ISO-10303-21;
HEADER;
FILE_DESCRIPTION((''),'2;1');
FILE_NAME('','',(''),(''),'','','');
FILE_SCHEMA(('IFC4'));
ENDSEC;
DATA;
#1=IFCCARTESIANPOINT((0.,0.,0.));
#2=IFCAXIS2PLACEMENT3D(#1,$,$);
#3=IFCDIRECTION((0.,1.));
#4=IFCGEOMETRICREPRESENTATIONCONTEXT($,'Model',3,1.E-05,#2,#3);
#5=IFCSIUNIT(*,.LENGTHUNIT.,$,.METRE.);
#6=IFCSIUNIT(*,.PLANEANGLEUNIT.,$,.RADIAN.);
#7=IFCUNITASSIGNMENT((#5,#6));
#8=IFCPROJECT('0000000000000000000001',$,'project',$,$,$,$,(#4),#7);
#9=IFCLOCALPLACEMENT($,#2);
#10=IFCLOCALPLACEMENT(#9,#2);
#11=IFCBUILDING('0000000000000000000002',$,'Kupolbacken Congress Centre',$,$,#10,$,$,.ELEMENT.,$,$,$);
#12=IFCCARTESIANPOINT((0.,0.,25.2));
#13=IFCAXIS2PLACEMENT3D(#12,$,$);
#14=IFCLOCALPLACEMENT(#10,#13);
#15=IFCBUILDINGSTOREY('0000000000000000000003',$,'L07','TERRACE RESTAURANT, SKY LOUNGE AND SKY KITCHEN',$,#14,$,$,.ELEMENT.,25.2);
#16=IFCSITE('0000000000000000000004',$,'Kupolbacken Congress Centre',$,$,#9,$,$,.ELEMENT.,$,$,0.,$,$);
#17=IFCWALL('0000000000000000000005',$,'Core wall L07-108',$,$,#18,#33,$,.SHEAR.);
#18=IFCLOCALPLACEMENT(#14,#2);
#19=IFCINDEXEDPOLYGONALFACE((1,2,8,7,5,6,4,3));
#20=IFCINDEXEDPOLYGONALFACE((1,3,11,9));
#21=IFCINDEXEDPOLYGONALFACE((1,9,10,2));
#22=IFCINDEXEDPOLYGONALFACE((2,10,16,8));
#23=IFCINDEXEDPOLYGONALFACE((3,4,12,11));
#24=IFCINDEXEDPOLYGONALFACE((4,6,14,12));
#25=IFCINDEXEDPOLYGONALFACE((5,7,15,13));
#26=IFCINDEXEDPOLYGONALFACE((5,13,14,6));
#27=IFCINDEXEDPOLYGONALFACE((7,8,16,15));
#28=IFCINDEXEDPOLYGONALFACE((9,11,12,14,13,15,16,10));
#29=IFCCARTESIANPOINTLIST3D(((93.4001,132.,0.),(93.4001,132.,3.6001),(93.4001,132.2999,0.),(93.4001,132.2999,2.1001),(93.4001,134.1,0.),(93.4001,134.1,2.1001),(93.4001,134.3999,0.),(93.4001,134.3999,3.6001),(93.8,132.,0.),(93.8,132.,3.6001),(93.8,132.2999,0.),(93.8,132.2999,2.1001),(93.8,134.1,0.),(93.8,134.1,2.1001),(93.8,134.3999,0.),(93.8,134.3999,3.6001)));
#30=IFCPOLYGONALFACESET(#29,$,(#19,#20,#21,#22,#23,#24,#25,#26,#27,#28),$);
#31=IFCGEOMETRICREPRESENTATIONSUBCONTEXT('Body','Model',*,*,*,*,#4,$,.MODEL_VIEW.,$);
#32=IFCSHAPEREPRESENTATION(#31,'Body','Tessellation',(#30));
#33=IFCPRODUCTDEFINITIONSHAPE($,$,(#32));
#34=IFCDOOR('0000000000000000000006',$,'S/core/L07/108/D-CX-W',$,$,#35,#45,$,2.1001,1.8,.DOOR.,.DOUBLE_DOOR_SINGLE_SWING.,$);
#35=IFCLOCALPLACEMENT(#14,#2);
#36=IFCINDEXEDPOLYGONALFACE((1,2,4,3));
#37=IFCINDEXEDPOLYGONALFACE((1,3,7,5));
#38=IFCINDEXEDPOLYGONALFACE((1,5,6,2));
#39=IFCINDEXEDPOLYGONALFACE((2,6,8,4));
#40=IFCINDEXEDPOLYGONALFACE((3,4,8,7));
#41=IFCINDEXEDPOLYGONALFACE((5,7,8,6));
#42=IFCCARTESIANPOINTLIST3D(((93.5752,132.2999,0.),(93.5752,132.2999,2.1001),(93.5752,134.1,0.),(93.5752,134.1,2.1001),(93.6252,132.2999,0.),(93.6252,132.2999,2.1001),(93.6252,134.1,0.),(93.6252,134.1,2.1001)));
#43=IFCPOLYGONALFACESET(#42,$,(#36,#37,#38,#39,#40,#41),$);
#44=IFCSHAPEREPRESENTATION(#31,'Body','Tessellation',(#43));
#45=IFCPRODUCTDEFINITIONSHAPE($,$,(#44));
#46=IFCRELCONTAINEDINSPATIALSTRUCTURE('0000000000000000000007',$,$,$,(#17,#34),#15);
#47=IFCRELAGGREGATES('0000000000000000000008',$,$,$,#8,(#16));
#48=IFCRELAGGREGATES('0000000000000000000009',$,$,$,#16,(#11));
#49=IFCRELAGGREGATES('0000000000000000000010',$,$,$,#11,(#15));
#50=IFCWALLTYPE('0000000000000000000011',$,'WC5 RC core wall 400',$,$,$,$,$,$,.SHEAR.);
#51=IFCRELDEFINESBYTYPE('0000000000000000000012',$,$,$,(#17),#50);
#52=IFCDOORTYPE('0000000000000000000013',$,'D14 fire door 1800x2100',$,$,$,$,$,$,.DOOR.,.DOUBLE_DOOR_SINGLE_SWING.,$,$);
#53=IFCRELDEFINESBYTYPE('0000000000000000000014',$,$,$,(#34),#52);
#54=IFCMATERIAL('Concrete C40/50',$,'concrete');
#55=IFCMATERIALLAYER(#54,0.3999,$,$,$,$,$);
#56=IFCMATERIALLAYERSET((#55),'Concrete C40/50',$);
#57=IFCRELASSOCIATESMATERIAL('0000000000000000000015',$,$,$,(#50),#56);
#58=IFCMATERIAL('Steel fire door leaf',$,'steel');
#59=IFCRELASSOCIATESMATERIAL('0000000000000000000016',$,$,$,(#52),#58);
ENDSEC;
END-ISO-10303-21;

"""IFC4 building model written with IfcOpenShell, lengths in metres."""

from ifc_helpers import new_model, si_unit, direction, frame, frame_2d, origin, place, context, subcontext, project, spatial, rectangle, extrude, material, layer, layer_set, type_object, element, fill, save


model = new_model("IFC4")

# Units and contexts
model_context = context("Model", 3, precision=1e-05, world=origin(), true_north=direction((0.0, 1.0)))
body_context = subcontext(model_context, "Body", "Model", "MODEL_VIEW")
ifc_project = project(units=[si_unit("LENGTHUNIT", "METRE"), si_unit("PLANEANGLEUNIT", "RADIAN")], contexts=[model_context])

# Site, building, storey
site_placement = place(None, origin())
site = spatial("IfcSite", under=ifc_project, at=site_placement, Name="Kupolbacken Congress Centre", CompositionType="ELEMENT", RefElevation=0.0)
building_placement = place(site_placement, origin())
building = spatial("IfcBuilding", under=site, at=building_placement, Name="Kupolbacken Congress Centre", CompositionType="ELEMENT")
storey_placement = place(building_placement, frame((0.0, 0.0, 25.2)))
storey = spatial("IfcBuildingStorey", under=building, at=storey_placement, Name="L07", Description="TERRACE RESTAURANT, SKY LOUNGE AND SKY KITCHEN", CompositionType="ELEMENT", Elevation=25.2)

# Wall, opening, door
ifc_material_1 = material(Name="Concrete C40/50", Category="concrete")
ifc_layer_1 = layer(ifc_material_1, 0.3999)
ifc_layer_set_1 = layer_set([ifc_layer_1], Name="Concrete C40/50")
wall_type_1 = type_object("IfcWallType", Name="WC5 RC core wall 400", PredefinedType="SHEAR", material=ifc_layer_set_1)
wall_1_placement = place(storey_placement, frame((93.6001, 132.0, 0.0), z_axis=(0.0, 0.0, 1.0), x_axis=(0.0, 1.0, 0.0)))
wall_1 = element("IfcWall", 1, at=wall_1_placement, inside=storey, type_object=wall_type_1, Name="Core wall L07-108", PredefinedType="SHEAR", context=body_context, shape_type="SweptSolid", body=[
    extrude(rectangle(XDim=2.3999, YDim=0.3999, at=frame_2d((1.2, 0.0))), origin(), (0.0, 0.0, 1.0), 3.6001),
])
opening_1_placement = place(wall_1_placement, frame((0.3, 0.0, 0.0)))
opening_1 = element("IfcOpeningElement", 2, at=opening_1_placement, cuts=wall_1, PredefinedType="OPENING", context=body_context, shape_type="SweptSolid", body=[
    extrude(rectangle(XDim=1.8, YDim=2.1001, at=frame_2d((0.8999, 1.05))), frame((0.0, 0.21, 0.0), z_axis=(0.0, -1.0, 0.0), x_axis=(1.0, 0.0, 0.0)), (0.0, 0.0, 1.0), 0.4199),
])
ifc_material_2 = material(Name="Steel fire door leaf", Category="steel")
door_type_1 = type_object("IfcDoorType", Name="D14 fire door 1800x2100", OperationType="DOUBLE_DOOR_SINGLE_SWING", PredefinedType="DOOR", material=ifc_material_2)
door_1_placement = place(opening_1_placement, origin())
door_1 = element("IfcDoor", 3, at=door_1_placement, inside=storey, type_object=door_type_1, Name="S/core/L07/108/D-CX-W", OperationType="DOUBLE_DOOR_SINGLE_SWING", OverallHeight=2.1001, OverallWidth=1.8, PredefinedType="DOOR", context=body_context, shape_type="SweptSolid", body=[
    extrude(rectangle(XDim=1.8, YDim=2.1001, at=frame_2d((0.8999, 1.05))), frame((0.0, 0.0249, 0.0), z_axis=(0.0, -1.0, 0.0), x_axis=(1.0, 0.0, 0.0)), (0.0, 0.0, 1.0), 0.05),
])
fill(opening_1, door_1)

save(model, "model.ifc")
